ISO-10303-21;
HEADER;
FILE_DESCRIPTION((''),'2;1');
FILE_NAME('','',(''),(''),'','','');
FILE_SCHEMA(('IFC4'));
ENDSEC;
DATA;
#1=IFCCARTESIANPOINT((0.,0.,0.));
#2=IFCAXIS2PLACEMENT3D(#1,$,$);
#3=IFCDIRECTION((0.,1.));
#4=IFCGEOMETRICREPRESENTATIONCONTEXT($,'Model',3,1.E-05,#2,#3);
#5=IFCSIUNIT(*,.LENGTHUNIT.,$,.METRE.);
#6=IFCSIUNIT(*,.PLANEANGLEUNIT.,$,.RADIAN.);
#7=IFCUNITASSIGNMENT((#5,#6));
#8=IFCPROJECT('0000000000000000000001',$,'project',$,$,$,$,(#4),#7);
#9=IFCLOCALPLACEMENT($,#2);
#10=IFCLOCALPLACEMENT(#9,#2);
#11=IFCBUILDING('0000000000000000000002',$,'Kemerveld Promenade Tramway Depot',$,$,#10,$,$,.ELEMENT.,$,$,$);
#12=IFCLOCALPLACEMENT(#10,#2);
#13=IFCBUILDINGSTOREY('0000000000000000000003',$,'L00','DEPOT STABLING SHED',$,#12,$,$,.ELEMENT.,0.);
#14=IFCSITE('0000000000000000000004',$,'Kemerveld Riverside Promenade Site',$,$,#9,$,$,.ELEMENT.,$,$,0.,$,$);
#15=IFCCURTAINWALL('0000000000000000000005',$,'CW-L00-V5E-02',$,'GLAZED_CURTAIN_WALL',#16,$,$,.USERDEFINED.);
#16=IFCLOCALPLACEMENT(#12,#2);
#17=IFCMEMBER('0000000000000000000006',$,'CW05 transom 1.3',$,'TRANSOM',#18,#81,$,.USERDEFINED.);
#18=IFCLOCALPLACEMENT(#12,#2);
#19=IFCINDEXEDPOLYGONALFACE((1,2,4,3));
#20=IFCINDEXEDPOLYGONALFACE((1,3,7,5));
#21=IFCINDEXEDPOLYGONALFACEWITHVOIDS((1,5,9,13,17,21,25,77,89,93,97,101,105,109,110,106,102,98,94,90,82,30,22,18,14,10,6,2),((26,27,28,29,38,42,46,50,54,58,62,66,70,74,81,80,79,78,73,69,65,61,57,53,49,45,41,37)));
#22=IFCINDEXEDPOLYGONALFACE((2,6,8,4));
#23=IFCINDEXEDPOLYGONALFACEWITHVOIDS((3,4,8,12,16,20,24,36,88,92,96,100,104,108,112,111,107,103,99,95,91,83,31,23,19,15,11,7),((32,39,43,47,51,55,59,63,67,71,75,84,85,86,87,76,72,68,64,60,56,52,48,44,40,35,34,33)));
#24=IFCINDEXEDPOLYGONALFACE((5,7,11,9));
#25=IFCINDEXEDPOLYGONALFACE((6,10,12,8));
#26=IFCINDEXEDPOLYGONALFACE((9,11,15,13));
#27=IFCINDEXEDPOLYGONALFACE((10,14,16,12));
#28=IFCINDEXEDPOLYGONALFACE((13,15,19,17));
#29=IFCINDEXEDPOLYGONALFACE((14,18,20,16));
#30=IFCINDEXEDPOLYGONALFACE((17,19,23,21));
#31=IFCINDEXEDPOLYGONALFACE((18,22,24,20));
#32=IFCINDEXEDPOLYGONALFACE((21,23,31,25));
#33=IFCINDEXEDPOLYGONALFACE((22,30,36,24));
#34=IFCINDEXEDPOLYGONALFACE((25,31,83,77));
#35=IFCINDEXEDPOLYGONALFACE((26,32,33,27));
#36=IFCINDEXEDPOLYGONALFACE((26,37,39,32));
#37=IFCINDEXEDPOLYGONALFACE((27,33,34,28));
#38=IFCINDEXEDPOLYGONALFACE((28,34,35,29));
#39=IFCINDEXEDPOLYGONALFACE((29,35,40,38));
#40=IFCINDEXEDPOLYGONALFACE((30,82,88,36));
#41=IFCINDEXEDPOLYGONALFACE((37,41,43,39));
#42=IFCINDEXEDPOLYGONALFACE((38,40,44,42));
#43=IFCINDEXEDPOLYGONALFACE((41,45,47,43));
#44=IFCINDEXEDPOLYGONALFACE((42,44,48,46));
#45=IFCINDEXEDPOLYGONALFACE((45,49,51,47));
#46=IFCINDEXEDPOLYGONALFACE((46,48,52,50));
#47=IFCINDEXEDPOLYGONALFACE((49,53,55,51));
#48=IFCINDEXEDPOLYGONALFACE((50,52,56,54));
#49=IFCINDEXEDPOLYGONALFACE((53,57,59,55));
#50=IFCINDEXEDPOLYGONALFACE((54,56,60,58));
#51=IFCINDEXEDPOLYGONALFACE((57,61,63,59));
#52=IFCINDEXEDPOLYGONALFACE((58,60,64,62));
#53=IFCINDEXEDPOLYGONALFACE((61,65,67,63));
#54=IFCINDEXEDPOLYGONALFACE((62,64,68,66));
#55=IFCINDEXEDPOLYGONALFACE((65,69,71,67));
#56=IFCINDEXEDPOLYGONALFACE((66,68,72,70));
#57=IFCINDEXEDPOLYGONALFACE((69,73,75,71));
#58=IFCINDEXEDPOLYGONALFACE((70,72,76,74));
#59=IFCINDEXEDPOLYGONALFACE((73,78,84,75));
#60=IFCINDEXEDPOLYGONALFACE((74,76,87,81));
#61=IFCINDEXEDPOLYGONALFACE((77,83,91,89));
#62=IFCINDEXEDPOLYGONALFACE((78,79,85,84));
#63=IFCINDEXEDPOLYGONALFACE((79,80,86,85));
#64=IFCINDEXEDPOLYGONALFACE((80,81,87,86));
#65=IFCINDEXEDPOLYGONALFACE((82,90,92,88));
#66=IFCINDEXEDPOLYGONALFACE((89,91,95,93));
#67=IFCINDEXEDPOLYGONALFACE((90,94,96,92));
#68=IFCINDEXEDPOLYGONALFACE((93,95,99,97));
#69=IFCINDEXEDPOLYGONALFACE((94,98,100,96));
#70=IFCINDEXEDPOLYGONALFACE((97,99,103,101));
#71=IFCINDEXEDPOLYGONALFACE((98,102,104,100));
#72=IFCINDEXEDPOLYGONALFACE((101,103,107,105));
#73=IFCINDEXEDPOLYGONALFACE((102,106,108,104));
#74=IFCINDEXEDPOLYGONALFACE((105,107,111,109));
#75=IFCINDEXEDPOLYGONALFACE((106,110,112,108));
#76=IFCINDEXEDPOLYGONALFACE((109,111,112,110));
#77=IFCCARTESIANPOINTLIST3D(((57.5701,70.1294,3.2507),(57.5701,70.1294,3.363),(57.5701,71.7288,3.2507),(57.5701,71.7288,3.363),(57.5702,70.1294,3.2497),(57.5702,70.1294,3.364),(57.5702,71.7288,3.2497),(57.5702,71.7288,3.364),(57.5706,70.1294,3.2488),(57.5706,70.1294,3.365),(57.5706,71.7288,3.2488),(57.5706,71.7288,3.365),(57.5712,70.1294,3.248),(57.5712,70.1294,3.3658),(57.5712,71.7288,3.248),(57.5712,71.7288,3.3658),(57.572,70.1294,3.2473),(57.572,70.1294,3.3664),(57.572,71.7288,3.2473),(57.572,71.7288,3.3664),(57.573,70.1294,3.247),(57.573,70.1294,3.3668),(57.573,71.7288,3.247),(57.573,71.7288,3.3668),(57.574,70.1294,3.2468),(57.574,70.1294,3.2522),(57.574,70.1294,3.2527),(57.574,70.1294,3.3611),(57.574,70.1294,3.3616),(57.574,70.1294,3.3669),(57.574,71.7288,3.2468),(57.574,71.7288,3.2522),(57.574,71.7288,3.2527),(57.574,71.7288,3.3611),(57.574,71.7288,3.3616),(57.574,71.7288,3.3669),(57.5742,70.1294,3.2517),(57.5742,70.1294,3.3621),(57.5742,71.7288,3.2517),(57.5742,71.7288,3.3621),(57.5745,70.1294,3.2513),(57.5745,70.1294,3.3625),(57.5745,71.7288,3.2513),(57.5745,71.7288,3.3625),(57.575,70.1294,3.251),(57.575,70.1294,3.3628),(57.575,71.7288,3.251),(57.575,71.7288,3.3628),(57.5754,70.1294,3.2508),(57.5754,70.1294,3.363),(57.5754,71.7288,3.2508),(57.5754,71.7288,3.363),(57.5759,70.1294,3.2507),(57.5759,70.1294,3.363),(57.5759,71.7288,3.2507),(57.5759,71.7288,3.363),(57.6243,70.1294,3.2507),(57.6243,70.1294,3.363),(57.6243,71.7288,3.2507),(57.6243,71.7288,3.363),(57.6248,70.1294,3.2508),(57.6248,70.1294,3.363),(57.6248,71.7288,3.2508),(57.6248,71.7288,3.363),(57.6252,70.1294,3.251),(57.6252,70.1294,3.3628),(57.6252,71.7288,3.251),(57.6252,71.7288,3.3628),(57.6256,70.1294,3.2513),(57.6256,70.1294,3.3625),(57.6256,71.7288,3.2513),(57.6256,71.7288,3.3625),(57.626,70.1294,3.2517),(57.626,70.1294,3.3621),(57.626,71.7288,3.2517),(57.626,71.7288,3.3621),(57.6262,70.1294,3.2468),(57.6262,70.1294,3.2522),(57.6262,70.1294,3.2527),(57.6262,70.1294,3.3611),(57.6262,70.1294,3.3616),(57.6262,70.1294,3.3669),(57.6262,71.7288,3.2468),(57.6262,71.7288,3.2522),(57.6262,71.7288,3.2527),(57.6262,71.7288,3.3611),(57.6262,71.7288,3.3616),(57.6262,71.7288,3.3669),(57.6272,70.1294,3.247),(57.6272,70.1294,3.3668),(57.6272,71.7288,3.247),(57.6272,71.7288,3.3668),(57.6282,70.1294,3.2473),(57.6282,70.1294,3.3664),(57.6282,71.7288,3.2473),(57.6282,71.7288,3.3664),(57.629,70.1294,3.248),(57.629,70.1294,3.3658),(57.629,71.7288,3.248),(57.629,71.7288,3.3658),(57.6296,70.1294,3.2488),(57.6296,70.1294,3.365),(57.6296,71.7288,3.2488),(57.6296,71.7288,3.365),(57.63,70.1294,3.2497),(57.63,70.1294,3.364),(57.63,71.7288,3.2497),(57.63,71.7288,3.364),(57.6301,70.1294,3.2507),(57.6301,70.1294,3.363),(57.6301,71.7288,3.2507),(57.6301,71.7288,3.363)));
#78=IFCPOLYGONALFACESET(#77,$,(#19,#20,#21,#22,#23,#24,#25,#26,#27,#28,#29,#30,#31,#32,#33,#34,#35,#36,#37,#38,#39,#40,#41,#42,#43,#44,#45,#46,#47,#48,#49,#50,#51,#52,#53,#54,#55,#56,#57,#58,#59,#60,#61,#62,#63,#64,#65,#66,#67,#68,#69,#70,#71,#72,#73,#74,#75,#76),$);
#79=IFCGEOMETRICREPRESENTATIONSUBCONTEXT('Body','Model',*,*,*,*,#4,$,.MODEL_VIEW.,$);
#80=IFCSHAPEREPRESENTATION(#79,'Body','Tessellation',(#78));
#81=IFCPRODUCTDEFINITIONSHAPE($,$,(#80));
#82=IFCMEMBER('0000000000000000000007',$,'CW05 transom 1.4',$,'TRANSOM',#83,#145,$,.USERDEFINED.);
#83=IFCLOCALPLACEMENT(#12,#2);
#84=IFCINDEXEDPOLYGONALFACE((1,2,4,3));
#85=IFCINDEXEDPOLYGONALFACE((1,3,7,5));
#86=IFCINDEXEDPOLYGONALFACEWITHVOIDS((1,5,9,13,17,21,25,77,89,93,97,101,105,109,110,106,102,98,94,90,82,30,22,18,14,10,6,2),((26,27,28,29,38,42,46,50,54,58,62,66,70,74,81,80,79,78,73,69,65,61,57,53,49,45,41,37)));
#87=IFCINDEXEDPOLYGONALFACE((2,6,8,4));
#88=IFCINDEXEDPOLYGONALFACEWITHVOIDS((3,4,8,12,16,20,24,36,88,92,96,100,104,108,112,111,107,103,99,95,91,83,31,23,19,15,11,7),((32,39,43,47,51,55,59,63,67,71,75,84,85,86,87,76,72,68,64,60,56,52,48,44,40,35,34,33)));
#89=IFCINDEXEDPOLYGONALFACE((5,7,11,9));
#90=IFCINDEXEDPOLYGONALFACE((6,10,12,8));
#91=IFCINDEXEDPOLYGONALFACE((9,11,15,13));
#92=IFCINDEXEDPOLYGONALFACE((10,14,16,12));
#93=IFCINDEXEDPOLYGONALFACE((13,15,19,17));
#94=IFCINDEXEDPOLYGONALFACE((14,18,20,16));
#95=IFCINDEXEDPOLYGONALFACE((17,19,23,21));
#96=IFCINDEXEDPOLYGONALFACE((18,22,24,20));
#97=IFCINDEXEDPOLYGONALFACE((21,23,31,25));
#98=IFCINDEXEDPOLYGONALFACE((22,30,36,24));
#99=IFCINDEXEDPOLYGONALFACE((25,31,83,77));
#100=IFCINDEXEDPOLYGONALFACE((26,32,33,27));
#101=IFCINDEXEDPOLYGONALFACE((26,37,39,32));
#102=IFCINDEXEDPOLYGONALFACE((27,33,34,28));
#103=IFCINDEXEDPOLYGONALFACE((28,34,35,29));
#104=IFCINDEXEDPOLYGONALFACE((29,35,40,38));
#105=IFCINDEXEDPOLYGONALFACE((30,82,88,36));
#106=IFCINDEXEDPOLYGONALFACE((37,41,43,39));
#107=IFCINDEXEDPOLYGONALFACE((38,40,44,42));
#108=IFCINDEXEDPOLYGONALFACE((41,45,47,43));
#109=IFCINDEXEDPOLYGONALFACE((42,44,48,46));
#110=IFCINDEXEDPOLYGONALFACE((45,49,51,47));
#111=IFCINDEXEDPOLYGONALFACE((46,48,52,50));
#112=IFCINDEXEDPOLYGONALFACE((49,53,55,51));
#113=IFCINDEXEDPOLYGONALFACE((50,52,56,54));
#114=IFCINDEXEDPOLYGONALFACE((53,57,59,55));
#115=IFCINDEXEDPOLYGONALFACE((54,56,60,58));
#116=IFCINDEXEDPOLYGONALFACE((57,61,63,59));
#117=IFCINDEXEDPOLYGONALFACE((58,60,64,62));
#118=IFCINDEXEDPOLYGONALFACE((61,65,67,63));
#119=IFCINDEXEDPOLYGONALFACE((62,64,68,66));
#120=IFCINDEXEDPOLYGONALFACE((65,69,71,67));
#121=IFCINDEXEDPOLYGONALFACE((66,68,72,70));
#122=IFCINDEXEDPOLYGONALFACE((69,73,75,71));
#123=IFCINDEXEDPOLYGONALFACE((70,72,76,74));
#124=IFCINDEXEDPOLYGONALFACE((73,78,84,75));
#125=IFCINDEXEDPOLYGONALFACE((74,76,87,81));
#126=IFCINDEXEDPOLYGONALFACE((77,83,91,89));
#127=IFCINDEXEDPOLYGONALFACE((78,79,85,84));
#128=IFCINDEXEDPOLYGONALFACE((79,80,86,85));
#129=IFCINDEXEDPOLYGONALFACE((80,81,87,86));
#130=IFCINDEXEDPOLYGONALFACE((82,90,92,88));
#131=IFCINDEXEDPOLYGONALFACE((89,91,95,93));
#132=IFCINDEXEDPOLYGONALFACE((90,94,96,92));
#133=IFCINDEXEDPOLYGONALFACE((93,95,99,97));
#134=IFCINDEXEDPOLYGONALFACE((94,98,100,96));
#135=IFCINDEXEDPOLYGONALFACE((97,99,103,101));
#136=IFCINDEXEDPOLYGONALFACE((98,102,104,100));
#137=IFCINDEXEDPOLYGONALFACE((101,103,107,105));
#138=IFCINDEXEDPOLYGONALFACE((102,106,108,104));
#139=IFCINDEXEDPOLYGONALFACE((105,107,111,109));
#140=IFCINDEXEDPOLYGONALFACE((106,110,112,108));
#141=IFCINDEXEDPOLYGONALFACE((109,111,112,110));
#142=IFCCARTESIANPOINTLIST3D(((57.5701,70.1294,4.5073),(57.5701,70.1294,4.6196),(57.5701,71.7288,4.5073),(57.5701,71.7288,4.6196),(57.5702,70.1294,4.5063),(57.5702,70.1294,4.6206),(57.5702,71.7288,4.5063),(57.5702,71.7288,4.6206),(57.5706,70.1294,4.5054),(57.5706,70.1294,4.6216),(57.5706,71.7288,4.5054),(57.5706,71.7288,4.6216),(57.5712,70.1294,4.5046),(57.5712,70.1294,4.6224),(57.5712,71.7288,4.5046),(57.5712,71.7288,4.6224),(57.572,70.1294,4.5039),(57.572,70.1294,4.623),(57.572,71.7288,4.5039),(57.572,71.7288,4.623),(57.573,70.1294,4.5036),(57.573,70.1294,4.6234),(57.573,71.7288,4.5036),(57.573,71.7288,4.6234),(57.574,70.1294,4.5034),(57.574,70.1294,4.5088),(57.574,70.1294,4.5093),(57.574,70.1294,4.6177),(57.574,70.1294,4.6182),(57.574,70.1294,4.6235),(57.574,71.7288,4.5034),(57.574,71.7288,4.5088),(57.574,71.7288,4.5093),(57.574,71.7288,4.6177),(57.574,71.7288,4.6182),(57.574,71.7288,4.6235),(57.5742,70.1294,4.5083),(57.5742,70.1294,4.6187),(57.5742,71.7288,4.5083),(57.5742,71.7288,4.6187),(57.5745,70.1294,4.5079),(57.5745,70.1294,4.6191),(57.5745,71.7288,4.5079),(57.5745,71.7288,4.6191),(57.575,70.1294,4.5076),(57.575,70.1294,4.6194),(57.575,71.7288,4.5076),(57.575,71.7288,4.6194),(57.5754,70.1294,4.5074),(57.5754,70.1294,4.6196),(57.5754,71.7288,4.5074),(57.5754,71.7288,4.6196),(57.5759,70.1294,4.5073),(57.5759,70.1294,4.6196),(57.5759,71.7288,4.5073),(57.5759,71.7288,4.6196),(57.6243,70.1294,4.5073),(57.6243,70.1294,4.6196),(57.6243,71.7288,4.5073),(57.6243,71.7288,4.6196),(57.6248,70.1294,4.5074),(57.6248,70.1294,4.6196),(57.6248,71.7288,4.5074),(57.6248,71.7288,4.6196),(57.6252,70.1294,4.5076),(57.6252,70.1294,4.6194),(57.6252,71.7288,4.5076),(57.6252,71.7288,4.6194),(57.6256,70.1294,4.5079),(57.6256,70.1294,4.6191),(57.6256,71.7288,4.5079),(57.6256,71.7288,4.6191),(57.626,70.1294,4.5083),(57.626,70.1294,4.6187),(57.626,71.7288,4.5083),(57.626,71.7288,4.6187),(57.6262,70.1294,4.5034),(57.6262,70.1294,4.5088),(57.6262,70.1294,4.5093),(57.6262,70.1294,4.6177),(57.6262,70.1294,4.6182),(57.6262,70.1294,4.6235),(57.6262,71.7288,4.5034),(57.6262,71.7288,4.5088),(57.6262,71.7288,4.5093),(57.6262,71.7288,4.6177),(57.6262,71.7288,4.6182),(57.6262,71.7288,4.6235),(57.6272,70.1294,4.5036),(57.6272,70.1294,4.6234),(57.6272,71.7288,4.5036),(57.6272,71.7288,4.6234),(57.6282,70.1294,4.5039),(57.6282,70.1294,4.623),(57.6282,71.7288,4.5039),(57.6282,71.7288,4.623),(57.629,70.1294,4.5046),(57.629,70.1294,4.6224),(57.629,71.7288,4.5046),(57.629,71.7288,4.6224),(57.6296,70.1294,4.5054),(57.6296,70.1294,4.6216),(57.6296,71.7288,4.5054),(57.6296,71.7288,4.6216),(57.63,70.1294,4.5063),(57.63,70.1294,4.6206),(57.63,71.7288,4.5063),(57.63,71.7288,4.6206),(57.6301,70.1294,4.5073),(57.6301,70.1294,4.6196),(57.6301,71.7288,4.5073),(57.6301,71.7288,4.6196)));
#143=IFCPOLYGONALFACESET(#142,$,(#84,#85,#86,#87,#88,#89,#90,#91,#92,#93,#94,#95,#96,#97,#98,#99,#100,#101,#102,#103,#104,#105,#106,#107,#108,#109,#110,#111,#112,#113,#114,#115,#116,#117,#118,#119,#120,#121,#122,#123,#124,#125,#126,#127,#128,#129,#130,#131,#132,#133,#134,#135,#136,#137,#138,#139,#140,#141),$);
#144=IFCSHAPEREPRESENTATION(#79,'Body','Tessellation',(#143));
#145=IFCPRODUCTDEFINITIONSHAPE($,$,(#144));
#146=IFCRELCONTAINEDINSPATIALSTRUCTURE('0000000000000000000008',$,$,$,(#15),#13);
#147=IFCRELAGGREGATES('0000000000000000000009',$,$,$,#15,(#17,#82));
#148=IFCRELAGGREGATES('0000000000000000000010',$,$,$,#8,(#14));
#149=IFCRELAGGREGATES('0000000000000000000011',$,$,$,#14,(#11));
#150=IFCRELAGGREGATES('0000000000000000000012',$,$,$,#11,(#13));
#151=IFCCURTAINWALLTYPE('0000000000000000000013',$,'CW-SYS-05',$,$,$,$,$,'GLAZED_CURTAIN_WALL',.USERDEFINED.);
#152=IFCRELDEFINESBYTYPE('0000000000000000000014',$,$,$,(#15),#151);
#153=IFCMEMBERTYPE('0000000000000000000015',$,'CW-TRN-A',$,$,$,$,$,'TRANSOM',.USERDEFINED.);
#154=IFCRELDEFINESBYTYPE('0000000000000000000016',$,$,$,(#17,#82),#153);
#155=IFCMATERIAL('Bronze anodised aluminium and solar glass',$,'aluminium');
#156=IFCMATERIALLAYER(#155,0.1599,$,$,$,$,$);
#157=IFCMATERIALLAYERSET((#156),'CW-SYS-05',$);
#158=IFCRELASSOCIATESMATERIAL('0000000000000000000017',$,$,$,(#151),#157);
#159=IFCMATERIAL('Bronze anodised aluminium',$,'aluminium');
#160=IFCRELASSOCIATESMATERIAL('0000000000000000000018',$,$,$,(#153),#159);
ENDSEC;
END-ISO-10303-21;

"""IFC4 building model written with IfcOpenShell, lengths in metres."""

from ifc_helpers import new_model, si_unit, direction, frame, origin, origin_2d, place, context, subcontext, project, spatial, hollow_rectangle, extrude, material, layer, layer_set, material_profile, profile_set, type_object, element, aggregate, save


model = new_model("IFC4")

# Units and contexts
model_context = context("Model", 3, precision=1e-05, world=origin(), true_north=direction((0.0, 1.0)))
body_context = subcontext(model_context, "Body", "Model", "MODEL_VIEW")
ifc_project = project(units=[si_unit("LENGTHUNIT", "METRE"), si_unit("PLANEANGLEUNIT", "RADIAN")], contexts=[model_context])

# Site, building, storey
site_placement = place(None, origin())
site = spatial("IfcSite", under=ifc_project, at=site_placement, Name="Kemerveld Riverside Promenade Site", CompositionType="ELEMENT", RefElevation=0.0)
building_placement = place(site_placement, origin())
building = spatial("IfcBuilding", under=site, at=building_placement, Name="Kemerveld Promenade Tramway Depot", CompositionType="ELEMENT")
storey_placement = place(building_placement, origin())
storey = spatial("IfcBuildingStorey", under=building, at=storey_placement, Name="L00", Description="DEPOT STABLING SHED", CompositionType="ELEMENT", Elevation=0.0)

# Curtain wall, members
ifc_material_1 = material(Name="Bronze anodised aluminium and solar glass", Category="aluminium")
ifc_layer_1 = layer(ifc_material_1, 0.1599)
ifc_layer_set_1 = layer_set([ifc_layer_1], Name="CW-SYS-05")
curtain_wall_type = type_object("IfcCurtainWallType", Name="CW-SYS-05", ElementType="GLAZED_CURTAIN_WALL", PredefinedType="USERDEFINED", material=ifc_layer_set_1)
curtain_wall_placement = place(storey_placement, origin())
curtain_wall = element("IfcCurtainWall", 1, at=curtain_wall_placement, inside=storey, type_object=curtain_wall_type, Name="CW-L00-V5E-02", ObjectType="GLAZED_CURTAIN_WALL", PredefinedType="USERDEFINED")
ifc_material_2 = material(Name="Bronze anodised aluminium", Category="aluminium")
ifc_material_profile_1 = material_profile(ifc_material_2, hollow_rectangle(XDim=0.0601, YDim=0.1201, WallThickness=0.0039, InnerFilletRadius=0.002, OuterFilletRadius=0.0039, at=origin_2d()), Name="CW-TRN-120x60")
ifc_profile_set_1 = profile_set([ifc_material_profile_1], Name="Bronze anodised aluminium")
member_type_1 = type_object("IfcMemberType", Name="CW-TRN-A", ElementType="TRANSOM", PredefinedType="USERDEFINED", material=ifc_profile_set_1)
member_1_placement = place(storey_placement, frame((57.6001, 71.7288, 3.3069), z_axis=(0.0, -1.0, 0.0), x_axis=(1.0, 0.0, 0.0)))
member_1 = element("IfcMember", 2, at=member_1_placement, type_object=member_type_1, Name="CW05 transom 1.3", ObjectType="TRANSOM", PredefinedType="USERDEFINED", context=body_context, shape_type="SweptSolid", body=[
    extrude(hollow_rectangle(XDim=0.0601, YDim=0.1201, WallThickness=0.0039, InnerFilletRadius=0.002, OuterFilletRadius=0.0039, at=origin_2d()), origin(), (0.0, 0.0, 1.0), 1.5994),
])
member_2_placement = place(storey_placement, frame((57.6001, 71.7288, 4.5635), z_axis=(0.0, -1.0, 0.0), x_axis=(1.0, 0.0, 0.0)))
member_2 = element("IfcMember", 3, at=member_2_placement, type_object=member_type_1, Name="CW05 transom 1.4", ObjectType="TRANSOM", PredefinedType="USERDEFINED", context=body_context, shape_type="SweptSolid", body=[
    extrude(hollow_rectangle(XDim=0.0601, YDim=0.1201, WallThickness=0.0039, InnerFilletRadius=0.002, OuterFilletRadius=0.0039, at=origin_2d()), origin(), (0.0, 0.0, 1.0), 1.5994),
])
aggregate(curtain_wall, [member_1, member_2])

save(model, "model.ifc")
